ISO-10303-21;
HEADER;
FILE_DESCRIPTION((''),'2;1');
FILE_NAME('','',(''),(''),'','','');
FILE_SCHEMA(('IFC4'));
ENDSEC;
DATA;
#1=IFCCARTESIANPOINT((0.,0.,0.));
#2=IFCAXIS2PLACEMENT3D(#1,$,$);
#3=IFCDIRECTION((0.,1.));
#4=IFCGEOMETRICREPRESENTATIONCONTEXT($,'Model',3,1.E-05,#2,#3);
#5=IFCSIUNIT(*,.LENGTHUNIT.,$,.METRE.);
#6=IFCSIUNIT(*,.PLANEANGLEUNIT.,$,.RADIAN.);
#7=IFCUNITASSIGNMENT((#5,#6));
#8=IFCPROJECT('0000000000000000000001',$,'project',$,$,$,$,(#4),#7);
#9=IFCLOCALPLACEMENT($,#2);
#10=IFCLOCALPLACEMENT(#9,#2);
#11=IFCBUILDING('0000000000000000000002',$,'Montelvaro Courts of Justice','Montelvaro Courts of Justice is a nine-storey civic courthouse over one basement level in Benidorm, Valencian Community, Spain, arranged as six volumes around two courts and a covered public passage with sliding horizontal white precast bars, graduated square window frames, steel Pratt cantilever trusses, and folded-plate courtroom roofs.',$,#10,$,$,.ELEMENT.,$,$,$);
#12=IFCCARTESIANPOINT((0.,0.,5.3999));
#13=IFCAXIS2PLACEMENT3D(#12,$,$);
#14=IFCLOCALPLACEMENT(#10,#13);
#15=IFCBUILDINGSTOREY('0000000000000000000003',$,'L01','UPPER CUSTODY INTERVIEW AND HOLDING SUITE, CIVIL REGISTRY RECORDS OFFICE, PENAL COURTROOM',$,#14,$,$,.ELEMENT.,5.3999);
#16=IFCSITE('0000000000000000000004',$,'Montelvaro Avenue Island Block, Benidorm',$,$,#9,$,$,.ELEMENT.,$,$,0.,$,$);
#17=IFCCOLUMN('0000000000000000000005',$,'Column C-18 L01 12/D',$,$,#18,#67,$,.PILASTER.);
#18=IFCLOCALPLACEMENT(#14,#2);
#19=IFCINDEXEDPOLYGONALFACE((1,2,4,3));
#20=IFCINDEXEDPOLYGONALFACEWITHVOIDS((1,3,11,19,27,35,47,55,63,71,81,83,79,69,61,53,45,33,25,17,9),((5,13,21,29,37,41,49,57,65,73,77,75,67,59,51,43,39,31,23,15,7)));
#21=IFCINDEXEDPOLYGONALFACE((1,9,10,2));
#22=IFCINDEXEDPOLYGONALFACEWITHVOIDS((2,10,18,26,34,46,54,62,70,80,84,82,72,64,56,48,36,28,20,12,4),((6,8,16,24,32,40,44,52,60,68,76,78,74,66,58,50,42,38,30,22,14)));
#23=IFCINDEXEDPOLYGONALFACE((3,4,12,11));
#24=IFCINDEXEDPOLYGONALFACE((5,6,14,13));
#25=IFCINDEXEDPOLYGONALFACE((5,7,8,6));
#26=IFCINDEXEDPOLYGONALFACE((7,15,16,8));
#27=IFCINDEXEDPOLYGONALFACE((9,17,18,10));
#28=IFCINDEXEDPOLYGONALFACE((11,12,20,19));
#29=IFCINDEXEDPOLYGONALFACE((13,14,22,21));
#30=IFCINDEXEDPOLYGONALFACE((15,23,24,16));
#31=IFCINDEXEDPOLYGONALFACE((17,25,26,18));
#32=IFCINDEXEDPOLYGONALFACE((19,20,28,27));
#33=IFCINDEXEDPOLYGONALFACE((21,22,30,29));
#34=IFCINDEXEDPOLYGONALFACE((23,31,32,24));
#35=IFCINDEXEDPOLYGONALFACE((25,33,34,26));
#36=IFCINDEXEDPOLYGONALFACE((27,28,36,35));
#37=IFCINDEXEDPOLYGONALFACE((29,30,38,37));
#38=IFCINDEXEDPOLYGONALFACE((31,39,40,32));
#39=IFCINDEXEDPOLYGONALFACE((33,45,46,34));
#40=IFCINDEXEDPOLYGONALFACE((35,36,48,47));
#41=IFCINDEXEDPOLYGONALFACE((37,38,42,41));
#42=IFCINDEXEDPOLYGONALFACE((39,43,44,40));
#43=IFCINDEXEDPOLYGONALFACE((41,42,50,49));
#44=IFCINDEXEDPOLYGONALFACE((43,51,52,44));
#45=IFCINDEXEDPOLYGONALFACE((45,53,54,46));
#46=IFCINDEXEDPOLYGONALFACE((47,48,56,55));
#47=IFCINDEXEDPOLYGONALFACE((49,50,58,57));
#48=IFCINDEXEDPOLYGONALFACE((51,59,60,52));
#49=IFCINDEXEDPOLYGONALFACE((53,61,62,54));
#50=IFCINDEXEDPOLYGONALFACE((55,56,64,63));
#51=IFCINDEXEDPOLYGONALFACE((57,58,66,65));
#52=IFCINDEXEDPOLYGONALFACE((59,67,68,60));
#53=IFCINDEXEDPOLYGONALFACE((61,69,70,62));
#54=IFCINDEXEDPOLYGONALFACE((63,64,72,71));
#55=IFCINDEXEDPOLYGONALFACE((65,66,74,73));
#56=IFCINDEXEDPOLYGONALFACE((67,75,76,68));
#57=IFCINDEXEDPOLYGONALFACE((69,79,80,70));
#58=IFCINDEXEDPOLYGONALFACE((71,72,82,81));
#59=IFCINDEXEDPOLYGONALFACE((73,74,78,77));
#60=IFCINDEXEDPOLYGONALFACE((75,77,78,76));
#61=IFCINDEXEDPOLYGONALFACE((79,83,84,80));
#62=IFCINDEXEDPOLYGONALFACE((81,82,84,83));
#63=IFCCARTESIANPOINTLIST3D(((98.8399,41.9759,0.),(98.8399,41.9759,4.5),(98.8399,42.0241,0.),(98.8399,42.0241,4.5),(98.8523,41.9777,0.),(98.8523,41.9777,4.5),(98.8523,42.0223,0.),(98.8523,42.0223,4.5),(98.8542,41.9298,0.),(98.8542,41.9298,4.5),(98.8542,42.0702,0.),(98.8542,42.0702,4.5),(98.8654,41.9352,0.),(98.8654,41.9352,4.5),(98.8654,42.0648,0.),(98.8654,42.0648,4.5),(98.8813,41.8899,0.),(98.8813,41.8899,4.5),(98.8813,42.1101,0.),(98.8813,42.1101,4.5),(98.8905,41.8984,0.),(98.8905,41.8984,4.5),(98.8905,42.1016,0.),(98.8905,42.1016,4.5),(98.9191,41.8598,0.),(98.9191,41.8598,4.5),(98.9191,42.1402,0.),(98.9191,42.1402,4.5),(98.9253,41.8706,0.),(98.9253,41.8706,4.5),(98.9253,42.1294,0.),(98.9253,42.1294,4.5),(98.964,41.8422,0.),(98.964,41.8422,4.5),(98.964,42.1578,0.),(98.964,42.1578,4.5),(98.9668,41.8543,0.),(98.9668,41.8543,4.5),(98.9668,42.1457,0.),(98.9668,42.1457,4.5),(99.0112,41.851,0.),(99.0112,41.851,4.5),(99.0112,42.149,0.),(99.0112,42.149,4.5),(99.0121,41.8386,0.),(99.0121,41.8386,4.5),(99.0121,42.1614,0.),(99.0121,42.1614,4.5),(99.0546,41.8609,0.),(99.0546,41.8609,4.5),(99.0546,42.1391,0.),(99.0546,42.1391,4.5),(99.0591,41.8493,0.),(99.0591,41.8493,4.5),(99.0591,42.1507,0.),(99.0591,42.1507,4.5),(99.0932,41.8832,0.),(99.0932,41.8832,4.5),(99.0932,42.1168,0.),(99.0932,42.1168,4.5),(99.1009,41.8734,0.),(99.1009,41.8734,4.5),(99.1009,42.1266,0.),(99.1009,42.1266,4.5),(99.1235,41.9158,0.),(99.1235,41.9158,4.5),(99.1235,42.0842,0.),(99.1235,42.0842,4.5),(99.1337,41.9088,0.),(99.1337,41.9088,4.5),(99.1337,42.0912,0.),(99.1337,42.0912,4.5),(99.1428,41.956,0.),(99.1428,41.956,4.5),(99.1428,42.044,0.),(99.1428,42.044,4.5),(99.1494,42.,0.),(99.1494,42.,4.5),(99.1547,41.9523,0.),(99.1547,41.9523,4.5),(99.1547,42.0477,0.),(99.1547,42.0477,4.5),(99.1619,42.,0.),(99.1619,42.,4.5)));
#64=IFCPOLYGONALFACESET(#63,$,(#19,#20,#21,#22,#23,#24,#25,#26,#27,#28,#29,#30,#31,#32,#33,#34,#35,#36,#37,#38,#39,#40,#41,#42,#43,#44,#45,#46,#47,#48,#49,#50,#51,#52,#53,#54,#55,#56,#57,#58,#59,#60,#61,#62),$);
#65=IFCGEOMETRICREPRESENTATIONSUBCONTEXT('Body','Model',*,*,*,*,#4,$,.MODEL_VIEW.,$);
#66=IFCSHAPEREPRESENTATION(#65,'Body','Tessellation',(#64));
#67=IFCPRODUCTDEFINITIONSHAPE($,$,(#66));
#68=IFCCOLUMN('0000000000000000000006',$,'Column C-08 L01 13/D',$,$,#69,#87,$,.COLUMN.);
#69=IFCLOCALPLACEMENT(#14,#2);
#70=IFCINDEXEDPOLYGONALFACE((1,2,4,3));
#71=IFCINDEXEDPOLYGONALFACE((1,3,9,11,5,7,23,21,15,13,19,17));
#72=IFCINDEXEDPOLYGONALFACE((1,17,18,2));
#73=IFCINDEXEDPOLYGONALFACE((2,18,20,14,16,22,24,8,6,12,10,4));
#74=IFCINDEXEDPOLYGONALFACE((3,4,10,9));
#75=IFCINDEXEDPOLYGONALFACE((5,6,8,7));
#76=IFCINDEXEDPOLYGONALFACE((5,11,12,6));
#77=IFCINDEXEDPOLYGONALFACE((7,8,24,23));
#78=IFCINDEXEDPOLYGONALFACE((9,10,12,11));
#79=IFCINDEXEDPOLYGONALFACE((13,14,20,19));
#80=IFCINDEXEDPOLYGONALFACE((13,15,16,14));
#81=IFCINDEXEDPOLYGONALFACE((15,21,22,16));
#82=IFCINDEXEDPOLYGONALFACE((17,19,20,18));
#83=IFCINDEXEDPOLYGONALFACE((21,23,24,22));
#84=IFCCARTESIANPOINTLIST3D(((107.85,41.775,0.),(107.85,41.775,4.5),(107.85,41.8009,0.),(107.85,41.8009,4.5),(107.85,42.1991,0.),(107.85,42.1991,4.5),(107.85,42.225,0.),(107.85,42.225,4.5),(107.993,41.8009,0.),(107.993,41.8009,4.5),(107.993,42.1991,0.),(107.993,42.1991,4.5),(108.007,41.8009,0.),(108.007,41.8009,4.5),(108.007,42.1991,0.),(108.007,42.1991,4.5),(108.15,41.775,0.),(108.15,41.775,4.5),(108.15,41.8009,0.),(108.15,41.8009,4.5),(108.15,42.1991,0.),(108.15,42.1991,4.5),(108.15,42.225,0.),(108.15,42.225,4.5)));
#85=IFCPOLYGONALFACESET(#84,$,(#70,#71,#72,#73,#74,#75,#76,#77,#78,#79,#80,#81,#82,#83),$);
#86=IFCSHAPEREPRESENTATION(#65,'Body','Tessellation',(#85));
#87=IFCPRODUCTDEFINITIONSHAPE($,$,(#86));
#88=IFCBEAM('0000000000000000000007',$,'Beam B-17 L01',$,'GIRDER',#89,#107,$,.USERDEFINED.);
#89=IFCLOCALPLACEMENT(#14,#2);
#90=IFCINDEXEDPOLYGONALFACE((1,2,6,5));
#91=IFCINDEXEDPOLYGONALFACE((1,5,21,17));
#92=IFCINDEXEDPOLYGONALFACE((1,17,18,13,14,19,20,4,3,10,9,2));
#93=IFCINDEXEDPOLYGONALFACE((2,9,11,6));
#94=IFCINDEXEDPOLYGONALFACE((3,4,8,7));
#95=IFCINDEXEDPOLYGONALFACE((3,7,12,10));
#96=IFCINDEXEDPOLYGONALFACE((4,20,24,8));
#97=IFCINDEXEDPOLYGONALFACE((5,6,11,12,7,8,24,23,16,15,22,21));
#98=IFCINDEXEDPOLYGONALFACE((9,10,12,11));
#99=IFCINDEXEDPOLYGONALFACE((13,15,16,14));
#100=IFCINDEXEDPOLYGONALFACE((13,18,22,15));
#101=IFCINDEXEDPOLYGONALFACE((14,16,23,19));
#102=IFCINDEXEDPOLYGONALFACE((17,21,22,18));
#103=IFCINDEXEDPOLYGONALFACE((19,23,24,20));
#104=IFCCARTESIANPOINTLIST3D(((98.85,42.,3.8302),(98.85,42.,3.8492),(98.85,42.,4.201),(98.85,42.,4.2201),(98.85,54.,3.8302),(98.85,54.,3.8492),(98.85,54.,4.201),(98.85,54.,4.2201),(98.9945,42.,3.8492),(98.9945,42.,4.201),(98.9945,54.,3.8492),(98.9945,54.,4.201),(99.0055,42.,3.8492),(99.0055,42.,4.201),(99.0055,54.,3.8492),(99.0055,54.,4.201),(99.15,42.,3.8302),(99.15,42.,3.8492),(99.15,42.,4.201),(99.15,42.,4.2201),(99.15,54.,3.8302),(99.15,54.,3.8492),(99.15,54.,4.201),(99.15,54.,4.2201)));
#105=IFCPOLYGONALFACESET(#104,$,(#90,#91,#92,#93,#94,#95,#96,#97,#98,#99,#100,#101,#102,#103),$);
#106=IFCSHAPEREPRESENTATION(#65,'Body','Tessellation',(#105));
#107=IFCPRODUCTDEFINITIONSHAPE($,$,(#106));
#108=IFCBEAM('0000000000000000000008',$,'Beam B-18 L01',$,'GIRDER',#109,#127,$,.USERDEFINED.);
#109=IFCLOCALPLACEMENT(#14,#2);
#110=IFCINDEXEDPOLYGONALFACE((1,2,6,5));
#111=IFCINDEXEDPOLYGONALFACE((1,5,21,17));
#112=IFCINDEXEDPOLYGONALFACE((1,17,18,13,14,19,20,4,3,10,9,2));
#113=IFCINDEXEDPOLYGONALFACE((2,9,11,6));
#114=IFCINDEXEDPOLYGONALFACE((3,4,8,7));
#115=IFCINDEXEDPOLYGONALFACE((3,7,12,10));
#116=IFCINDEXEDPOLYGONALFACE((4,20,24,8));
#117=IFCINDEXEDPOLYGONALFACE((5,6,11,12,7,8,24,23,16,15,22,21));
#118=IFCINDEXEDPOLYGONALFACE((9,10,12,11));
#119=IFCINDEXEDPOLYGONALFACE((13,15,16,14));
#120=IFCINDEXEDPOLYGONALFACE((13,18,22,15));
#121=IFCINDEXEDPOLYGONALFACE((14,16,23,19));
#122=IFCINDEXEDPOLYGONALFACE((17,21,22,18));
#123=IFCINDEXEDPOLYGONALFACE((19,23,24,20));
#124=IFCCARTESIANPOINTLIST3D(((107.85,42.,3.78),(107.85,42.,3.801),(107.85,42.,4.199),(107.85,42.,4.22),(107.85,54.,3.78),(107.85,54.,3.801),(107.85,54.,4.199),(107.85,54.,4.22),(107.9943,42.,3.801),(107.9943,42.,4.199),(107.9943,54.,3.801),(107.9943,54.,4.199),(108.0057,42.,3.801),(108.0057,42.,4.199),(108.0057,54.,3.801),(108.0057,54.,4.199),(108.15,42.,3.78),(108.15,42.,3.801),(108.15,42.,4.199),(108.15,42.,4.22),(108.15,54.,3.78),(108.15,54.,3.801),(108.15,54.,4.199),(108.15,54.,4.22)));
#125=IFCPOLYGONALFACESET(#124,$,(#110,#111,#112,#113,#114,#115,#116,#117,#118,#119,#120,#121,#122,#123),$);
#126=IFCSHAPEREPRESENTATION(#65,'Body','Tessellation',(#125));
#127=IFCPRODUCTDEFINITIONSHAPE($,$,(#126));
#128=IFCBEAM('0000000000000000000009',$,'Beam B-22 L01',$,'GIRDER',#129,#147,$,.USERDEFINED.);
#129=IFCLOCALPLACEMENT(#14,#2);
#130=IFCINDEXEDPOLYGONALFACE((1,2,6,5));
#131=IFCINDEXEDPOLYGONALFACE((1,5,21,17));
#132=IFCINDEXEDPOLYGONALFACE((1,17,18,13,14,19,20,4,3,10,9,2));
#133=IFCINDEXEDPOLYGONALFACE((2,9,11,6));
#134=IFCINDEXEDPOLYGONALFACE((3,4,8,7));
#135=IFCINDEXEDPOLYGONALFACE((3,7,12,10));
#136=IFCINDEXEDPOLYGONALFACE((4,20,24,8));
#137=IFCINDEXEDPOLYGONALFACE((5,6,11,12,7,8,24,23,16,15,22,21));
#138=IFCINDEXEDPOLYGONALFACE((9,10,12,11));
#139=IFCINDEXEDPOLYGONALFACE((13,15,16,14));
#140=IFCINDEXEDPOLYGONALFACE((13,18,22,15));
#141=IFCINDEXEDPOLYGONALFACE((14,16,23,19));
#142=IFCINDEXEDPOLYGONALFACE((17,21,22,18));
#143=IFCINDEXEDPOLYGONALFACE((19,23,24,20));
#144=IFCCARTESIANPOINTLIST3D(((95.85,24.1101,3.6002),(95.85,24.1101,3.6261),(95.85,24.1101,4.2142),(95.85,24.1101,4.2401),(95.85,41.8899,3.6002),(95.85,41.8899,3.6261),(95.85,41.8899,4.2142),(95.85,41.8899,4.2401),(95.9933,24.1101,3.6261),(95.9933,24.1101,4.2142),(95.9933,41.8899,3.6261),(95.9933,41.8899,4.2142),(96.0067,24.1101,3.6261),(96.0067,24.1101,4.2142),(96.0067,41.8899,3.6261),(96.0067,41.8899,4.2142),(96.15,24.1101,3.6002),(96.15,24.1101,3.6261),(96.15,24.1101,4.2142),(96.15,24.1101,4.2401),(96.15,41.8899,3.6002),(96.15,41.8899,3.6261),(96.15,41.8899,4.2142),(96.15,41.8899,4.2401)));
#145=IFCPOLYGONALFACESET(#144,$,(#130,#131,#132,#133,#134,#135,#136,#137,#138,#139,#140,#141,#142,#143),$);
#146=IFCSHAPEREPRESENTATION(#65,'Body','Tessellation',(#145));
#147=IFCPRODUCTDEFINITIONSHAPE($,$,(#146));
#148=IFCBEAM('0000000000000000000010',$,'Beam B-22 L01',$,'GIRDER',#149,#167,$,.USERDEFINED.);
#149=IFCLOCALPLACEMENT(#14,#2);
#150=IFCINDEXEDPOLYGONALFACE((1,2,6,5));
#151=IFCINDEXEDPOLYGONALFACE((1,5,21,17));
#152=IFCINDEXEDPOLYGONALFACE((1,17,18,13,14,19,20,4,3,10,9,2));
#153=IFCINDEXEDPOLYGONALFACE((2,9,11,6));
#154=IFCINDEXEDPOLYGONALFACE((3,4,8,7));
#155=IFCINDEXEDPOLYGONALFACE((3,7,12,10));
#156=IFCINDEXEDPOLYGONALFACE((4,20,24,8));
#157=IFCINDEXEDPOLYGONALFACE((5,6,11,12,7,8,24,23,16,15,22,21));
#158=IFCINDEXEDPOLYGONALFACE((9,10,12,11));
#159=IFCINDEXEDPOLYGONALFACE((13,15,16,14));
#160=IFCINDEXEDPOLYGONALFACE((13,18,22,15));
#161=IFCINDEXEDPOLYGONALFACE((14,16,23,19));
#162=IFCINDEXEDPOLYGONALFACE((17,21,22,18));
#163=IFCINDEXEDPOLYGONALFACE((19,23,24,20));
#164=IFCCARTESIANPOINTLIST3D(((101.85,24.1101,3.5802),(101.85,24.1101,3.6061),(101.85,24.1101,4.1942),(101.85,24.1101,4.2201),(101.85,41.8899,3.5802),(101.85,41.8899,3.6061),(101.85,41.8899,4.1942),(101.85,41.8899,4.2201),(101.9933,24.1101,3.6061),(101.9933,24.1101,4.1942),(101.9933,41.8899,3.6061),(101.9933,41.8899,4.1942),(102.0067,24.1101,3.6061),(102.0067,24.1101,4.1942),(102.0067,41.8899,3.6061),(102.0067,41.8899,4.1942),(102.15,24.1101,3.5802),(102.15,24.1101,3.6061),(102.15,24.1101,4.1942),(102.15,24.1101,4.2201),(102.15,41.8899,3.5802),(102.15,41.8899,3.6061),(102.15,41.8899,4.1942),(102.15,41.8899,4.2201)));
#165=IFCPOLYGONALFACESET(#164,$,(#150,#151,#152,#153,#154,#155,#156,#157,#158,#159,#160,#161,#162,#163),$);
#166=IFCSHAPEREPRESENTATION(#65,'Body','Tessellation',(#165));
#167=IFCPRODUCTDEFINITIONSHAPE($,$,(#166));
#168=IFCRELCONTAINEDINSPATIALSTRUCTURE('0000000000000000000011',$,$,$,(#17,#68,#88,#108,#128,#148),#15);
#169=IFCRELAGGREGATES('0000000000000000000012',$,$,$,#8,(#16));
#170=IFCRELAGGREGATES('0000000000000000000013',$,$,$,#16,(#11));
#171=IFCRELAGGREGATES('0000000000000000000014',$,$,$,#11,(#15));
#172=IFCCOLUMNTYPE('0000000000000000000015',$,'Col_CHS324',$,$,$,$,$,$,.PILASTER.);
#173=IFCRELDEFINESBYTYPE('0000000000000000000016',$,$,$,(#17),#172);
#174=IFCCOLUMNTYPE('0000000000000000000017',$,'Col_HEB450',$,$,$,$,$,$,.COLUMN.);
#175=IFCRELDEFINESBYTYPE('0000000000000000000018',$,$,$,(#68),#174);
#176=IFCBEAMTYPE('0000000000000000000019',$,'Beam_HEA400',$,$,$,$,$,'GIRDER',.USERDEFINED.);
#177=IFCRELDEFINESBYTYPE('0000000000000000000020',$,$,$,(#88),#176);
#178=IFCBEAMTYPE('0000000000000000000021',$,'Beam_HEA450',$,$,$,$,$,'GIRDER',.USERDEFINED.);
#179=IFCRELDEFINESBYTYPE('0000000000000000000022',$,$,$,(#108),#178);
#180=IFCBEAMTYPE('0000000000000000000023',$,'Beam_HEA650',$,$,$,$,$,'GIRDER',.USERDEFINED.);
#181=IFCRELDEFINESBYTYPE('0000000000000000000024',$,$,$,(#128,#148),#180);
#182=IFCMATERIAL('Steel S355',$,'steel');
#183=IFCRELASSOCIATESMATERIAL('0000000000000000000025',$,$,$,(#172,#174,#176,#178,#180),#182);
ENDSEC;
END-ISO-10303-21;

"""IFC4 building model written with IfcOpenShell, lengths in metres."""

from ifc_helpers import new_model, si_unit, direction, frame, origin, origin_2d, place, context, subcontext, project, spatial, hollow_circle, i_section, extrude, material, material_profile, profile_set, type_object, element, save


model = new_model("IFC4")

# Units and contexts
model_context = context("Model", 3, precision=1e-05, world=origin(), true_north=direction((0.0, 1.0)))
body_context = subcontext(model_context, "Body", "Model", "MODEL_VIEW")
ifc_project = project(units=[si_unit("LENGTHUNIT", "METRE"), si_unit("PLANEANGLEUNIT", "RADIAN")], contexts=[model_context])

# Site, building, storey
site_placement = place(None, origin())
site = spatial("IfcSite", under=ifc_project, at=site_placement, Name="Montelvaro Avenue Island Block, Benidorm", CompositionType="ELEMENT", RefElevation=0.0)
building_placement = place(site_placement, origin())
building = spatial("IfcBuilding", under=site, at=building_placement, Name="Montelvaro Courts of Justice", Description="Montelvaro Courts of Justice is a nine-storey civic courthouse over one basement level in Benidorm, Valencian Community, Spain, arranged as six volumes around two courts and a covered public passage with sliding horizontal white precast bars, graduated square window frames, steel Pratt cantilever trusses, and folded-plate courtroom roofs.", CompositionType="ELEMENT")
storey_placement = place(building_placement, frame((0.0, 0.0, 5.3999)))
storey = spatial("IfcBuildingStorey", under=building, at=storey_placement, Name="L01", Description="UPPER CUSTODY INTERVIEW AND HOLDING SUITE, CIVIL REGISTRY RECORDS OFFICE, PENAL COURTROOM", CompositionType="ELEMENT", Elevation=5.3999)

# Columns
ifc_material_1 = material(Name="Steel S355", Category="steel")
ifc_material_profile_1 = material_profile(ifc_material_1, hollow_circle(Radius=0.1619, WallThickness=0.0125, at=origin_2d()), Name="CHS 323.9x12.5")
ifc_profile_set_1 = profile_set([ifc_material_profile_1], Name="Steel S355")
column_type_1 = type_object("IfcColumnType", Name="Col_CHS324", PredefinedType="PILASTER", material=ifc_profile_set_1)
column_1_placement = place(storey_placement, frame((99.0, 42.0, 0.0), z_axis=(0.0, 0.0, 1.0), x_axis=(1.0, 0.0, 0.0)))
element("IfcColumn", 1, at=column_1_placement, inside=storey, type_object=column_type_1, Name="Column C-18 L01 12/D", PredefinedType="PILASTER", context=body_context, shape_type="SweptSolid", body=[
    extrude(hollow_circle(Radius=0.1619, WallThickness=0.0125, at=origin_2d()), origin(), (0.0, 0.0, 1.0), 4.5),
])
ifc_material_profile_2 = material_profile(ifc_material_1, i_section(OverallWidth=0.3, OverallDepth=0.45, WebThickness=0.0139, FlangeThickness=0.0259, at=origin_2d()), Name="HEB 450")
ifc_profile_set_2 = profile_set([ifc_material_profile_2], Name="Steel S355")
column_type_2 = type_object("IfcColumnType", Name="Col_HEB450", PredefinedType="COLUMN", material=ifc_profile_set_2)
column_2_placement = place(storey_placement, frame((108.0, 42.0, 0.0), z_axis=(0.0, 0.0, 1.0), x_axis=(1.0, 0.0, 0.0)))
element("IfcColumn", 2, at=column_2_placement, inside=storey, type_object=column_type_2, Name="Column C-08 L01 13/D", PredefinedType="COLUMN", context=body_context, shape_type="SweptSolid", body=[
    extrude(i_section(OverallWidth=0.3, OverallDepth=0.45, WebThickness=0.0139, FlangeThickness=0.0259, at=origin_2d()), origin(), (0.0, 0.0, 1.0), 4.5),
])

# Beams
ifc_material_profile_3 = material_profile(ifc_material_1, i_section(OverallWidth=0.3, OverallDepth=0.3899, WebThickness=0.011, FlangeThickness=0.019, at=origin_2d()), Name="HEA 400")
ifc_profile_set_3 = profile_set([ifc_material_profile_3], Name="Steel S355")
beam_type_1 = type_object("IfcBeamType", Name="Beam_HEA400", ElementType="GIRDER", PredefinedType="USERDEFINED", material=ifc_profile_set_3)
beam_1_placement = place(storey_placement, frame((99.0, 42.0, 4.0251), z_axis=(0.0, 1.0, 0.0), x_axis=(-1.0, 0.0, 0.0)))
element("IfcBeam", 3, at=beam_1_placement, inside=storey, type_object=beam_type_1, Name="Beam B-17 L01", ObjectType="GIRDER", PredefinedType="USERDEFINED", context=body_context, shape_type="SweptSolid", body=[
    extrude(i_section(OverallWidth=0.3, OverallDepth=0.3899, WebThickness=0.011, FlangeThickness=0.019, at=origin_2d()), origin(), (0.0, 0.0, 1.0), 12.0),
])
ifc_material_profile_4 = material_profile(ifc_material_1, i_section(OverallWidth=0.3, OverallDepth=0.4399, WebThickness=0.0115, FlangeThickness=0.021, at=origin_2d()), Name="HEA 450")
ifc_profile_set_4 = profile_set([ifc_material_profile_4], Name="Steel S355")
beam_type_2 = type_object("IfcBeamType", Name="Beam_HEA450", ElementType="GIRDER", PredefinedType="USERDEFINED", material=ifc_profile_set_4)
beam_2_placement = place(storey_placement, frame((108.0, 42.0, 4.0), z_axis=(0.0, 1.0, 0.0), x_axis=(-1.0, 0.0, 0.0)))
element("IfcBeam", 4, at=beam_2_placement, inside=storey, type_object=beam_type_2, Name="Beam B-18 L01", ObjectType="GIRDER", PredefinedType="USERDEFINED", context=body_context, shape_type="SweptSolid", body=[
    extrude(i_section(OverallWidth=0.3, OverallDepth=0.4399, WebThickness=0.0115, FlangeThickness=0.021, at=origin_2d()), origin(), (0.0, 0.0, 1.0), 12.0),
])
ifc_material_profile_5 = material_profile(ifc_material_1, i_section(OverallWidth=0.3, OverallDepth=0.6399, WebThickness=0.0134, FlangeThickness=0.0259, at=origin_2d()), Name="HEA 650")
ifc_profile_set_5 = profile_set([ifc_material_profile_5], Name="Steel S355")
beam_type_3 = type_object("IfcBeamType", Name="Beam_HEA650", ElementType="GIRDER", PredefinedType="USERDEFINED", material=ifc_profile_set_5)
for number, where, z_axis, x_axis, name in (
    (5, (96.0, 24.1101, 3.9202), (0.0, 1.0, 0.0), (-1.0, 0.0, 0.0), "Beam B-22 L01"),
    (6, (102.0, 24.1101, 3.9001), (0.0, 1.0, 0.0), (-1.0, 0.0, 0.0), "Beam B-22 L01"),
):
    element("IfcBeam", number, at=place(storey_placement, frame(where, z_axis=z_axis, x_axis=x_axis)), inside=storey, type_object=beam_type_3, Name=name, ObjectType="GIRDER", PredefinedType="USERDEFINED", context=body_context, shape_type="SweptSolid", body=[
        extrude(i_section(OverallWidth=0.3, OverallDepth=0.6399, WebThickness=0.0134, FlangeThickness=0.0259, at=origin_2d()), origin(), (0.0, 0.0, 1.0), 17.7798),
    ])

save(model, "model.ifc")
